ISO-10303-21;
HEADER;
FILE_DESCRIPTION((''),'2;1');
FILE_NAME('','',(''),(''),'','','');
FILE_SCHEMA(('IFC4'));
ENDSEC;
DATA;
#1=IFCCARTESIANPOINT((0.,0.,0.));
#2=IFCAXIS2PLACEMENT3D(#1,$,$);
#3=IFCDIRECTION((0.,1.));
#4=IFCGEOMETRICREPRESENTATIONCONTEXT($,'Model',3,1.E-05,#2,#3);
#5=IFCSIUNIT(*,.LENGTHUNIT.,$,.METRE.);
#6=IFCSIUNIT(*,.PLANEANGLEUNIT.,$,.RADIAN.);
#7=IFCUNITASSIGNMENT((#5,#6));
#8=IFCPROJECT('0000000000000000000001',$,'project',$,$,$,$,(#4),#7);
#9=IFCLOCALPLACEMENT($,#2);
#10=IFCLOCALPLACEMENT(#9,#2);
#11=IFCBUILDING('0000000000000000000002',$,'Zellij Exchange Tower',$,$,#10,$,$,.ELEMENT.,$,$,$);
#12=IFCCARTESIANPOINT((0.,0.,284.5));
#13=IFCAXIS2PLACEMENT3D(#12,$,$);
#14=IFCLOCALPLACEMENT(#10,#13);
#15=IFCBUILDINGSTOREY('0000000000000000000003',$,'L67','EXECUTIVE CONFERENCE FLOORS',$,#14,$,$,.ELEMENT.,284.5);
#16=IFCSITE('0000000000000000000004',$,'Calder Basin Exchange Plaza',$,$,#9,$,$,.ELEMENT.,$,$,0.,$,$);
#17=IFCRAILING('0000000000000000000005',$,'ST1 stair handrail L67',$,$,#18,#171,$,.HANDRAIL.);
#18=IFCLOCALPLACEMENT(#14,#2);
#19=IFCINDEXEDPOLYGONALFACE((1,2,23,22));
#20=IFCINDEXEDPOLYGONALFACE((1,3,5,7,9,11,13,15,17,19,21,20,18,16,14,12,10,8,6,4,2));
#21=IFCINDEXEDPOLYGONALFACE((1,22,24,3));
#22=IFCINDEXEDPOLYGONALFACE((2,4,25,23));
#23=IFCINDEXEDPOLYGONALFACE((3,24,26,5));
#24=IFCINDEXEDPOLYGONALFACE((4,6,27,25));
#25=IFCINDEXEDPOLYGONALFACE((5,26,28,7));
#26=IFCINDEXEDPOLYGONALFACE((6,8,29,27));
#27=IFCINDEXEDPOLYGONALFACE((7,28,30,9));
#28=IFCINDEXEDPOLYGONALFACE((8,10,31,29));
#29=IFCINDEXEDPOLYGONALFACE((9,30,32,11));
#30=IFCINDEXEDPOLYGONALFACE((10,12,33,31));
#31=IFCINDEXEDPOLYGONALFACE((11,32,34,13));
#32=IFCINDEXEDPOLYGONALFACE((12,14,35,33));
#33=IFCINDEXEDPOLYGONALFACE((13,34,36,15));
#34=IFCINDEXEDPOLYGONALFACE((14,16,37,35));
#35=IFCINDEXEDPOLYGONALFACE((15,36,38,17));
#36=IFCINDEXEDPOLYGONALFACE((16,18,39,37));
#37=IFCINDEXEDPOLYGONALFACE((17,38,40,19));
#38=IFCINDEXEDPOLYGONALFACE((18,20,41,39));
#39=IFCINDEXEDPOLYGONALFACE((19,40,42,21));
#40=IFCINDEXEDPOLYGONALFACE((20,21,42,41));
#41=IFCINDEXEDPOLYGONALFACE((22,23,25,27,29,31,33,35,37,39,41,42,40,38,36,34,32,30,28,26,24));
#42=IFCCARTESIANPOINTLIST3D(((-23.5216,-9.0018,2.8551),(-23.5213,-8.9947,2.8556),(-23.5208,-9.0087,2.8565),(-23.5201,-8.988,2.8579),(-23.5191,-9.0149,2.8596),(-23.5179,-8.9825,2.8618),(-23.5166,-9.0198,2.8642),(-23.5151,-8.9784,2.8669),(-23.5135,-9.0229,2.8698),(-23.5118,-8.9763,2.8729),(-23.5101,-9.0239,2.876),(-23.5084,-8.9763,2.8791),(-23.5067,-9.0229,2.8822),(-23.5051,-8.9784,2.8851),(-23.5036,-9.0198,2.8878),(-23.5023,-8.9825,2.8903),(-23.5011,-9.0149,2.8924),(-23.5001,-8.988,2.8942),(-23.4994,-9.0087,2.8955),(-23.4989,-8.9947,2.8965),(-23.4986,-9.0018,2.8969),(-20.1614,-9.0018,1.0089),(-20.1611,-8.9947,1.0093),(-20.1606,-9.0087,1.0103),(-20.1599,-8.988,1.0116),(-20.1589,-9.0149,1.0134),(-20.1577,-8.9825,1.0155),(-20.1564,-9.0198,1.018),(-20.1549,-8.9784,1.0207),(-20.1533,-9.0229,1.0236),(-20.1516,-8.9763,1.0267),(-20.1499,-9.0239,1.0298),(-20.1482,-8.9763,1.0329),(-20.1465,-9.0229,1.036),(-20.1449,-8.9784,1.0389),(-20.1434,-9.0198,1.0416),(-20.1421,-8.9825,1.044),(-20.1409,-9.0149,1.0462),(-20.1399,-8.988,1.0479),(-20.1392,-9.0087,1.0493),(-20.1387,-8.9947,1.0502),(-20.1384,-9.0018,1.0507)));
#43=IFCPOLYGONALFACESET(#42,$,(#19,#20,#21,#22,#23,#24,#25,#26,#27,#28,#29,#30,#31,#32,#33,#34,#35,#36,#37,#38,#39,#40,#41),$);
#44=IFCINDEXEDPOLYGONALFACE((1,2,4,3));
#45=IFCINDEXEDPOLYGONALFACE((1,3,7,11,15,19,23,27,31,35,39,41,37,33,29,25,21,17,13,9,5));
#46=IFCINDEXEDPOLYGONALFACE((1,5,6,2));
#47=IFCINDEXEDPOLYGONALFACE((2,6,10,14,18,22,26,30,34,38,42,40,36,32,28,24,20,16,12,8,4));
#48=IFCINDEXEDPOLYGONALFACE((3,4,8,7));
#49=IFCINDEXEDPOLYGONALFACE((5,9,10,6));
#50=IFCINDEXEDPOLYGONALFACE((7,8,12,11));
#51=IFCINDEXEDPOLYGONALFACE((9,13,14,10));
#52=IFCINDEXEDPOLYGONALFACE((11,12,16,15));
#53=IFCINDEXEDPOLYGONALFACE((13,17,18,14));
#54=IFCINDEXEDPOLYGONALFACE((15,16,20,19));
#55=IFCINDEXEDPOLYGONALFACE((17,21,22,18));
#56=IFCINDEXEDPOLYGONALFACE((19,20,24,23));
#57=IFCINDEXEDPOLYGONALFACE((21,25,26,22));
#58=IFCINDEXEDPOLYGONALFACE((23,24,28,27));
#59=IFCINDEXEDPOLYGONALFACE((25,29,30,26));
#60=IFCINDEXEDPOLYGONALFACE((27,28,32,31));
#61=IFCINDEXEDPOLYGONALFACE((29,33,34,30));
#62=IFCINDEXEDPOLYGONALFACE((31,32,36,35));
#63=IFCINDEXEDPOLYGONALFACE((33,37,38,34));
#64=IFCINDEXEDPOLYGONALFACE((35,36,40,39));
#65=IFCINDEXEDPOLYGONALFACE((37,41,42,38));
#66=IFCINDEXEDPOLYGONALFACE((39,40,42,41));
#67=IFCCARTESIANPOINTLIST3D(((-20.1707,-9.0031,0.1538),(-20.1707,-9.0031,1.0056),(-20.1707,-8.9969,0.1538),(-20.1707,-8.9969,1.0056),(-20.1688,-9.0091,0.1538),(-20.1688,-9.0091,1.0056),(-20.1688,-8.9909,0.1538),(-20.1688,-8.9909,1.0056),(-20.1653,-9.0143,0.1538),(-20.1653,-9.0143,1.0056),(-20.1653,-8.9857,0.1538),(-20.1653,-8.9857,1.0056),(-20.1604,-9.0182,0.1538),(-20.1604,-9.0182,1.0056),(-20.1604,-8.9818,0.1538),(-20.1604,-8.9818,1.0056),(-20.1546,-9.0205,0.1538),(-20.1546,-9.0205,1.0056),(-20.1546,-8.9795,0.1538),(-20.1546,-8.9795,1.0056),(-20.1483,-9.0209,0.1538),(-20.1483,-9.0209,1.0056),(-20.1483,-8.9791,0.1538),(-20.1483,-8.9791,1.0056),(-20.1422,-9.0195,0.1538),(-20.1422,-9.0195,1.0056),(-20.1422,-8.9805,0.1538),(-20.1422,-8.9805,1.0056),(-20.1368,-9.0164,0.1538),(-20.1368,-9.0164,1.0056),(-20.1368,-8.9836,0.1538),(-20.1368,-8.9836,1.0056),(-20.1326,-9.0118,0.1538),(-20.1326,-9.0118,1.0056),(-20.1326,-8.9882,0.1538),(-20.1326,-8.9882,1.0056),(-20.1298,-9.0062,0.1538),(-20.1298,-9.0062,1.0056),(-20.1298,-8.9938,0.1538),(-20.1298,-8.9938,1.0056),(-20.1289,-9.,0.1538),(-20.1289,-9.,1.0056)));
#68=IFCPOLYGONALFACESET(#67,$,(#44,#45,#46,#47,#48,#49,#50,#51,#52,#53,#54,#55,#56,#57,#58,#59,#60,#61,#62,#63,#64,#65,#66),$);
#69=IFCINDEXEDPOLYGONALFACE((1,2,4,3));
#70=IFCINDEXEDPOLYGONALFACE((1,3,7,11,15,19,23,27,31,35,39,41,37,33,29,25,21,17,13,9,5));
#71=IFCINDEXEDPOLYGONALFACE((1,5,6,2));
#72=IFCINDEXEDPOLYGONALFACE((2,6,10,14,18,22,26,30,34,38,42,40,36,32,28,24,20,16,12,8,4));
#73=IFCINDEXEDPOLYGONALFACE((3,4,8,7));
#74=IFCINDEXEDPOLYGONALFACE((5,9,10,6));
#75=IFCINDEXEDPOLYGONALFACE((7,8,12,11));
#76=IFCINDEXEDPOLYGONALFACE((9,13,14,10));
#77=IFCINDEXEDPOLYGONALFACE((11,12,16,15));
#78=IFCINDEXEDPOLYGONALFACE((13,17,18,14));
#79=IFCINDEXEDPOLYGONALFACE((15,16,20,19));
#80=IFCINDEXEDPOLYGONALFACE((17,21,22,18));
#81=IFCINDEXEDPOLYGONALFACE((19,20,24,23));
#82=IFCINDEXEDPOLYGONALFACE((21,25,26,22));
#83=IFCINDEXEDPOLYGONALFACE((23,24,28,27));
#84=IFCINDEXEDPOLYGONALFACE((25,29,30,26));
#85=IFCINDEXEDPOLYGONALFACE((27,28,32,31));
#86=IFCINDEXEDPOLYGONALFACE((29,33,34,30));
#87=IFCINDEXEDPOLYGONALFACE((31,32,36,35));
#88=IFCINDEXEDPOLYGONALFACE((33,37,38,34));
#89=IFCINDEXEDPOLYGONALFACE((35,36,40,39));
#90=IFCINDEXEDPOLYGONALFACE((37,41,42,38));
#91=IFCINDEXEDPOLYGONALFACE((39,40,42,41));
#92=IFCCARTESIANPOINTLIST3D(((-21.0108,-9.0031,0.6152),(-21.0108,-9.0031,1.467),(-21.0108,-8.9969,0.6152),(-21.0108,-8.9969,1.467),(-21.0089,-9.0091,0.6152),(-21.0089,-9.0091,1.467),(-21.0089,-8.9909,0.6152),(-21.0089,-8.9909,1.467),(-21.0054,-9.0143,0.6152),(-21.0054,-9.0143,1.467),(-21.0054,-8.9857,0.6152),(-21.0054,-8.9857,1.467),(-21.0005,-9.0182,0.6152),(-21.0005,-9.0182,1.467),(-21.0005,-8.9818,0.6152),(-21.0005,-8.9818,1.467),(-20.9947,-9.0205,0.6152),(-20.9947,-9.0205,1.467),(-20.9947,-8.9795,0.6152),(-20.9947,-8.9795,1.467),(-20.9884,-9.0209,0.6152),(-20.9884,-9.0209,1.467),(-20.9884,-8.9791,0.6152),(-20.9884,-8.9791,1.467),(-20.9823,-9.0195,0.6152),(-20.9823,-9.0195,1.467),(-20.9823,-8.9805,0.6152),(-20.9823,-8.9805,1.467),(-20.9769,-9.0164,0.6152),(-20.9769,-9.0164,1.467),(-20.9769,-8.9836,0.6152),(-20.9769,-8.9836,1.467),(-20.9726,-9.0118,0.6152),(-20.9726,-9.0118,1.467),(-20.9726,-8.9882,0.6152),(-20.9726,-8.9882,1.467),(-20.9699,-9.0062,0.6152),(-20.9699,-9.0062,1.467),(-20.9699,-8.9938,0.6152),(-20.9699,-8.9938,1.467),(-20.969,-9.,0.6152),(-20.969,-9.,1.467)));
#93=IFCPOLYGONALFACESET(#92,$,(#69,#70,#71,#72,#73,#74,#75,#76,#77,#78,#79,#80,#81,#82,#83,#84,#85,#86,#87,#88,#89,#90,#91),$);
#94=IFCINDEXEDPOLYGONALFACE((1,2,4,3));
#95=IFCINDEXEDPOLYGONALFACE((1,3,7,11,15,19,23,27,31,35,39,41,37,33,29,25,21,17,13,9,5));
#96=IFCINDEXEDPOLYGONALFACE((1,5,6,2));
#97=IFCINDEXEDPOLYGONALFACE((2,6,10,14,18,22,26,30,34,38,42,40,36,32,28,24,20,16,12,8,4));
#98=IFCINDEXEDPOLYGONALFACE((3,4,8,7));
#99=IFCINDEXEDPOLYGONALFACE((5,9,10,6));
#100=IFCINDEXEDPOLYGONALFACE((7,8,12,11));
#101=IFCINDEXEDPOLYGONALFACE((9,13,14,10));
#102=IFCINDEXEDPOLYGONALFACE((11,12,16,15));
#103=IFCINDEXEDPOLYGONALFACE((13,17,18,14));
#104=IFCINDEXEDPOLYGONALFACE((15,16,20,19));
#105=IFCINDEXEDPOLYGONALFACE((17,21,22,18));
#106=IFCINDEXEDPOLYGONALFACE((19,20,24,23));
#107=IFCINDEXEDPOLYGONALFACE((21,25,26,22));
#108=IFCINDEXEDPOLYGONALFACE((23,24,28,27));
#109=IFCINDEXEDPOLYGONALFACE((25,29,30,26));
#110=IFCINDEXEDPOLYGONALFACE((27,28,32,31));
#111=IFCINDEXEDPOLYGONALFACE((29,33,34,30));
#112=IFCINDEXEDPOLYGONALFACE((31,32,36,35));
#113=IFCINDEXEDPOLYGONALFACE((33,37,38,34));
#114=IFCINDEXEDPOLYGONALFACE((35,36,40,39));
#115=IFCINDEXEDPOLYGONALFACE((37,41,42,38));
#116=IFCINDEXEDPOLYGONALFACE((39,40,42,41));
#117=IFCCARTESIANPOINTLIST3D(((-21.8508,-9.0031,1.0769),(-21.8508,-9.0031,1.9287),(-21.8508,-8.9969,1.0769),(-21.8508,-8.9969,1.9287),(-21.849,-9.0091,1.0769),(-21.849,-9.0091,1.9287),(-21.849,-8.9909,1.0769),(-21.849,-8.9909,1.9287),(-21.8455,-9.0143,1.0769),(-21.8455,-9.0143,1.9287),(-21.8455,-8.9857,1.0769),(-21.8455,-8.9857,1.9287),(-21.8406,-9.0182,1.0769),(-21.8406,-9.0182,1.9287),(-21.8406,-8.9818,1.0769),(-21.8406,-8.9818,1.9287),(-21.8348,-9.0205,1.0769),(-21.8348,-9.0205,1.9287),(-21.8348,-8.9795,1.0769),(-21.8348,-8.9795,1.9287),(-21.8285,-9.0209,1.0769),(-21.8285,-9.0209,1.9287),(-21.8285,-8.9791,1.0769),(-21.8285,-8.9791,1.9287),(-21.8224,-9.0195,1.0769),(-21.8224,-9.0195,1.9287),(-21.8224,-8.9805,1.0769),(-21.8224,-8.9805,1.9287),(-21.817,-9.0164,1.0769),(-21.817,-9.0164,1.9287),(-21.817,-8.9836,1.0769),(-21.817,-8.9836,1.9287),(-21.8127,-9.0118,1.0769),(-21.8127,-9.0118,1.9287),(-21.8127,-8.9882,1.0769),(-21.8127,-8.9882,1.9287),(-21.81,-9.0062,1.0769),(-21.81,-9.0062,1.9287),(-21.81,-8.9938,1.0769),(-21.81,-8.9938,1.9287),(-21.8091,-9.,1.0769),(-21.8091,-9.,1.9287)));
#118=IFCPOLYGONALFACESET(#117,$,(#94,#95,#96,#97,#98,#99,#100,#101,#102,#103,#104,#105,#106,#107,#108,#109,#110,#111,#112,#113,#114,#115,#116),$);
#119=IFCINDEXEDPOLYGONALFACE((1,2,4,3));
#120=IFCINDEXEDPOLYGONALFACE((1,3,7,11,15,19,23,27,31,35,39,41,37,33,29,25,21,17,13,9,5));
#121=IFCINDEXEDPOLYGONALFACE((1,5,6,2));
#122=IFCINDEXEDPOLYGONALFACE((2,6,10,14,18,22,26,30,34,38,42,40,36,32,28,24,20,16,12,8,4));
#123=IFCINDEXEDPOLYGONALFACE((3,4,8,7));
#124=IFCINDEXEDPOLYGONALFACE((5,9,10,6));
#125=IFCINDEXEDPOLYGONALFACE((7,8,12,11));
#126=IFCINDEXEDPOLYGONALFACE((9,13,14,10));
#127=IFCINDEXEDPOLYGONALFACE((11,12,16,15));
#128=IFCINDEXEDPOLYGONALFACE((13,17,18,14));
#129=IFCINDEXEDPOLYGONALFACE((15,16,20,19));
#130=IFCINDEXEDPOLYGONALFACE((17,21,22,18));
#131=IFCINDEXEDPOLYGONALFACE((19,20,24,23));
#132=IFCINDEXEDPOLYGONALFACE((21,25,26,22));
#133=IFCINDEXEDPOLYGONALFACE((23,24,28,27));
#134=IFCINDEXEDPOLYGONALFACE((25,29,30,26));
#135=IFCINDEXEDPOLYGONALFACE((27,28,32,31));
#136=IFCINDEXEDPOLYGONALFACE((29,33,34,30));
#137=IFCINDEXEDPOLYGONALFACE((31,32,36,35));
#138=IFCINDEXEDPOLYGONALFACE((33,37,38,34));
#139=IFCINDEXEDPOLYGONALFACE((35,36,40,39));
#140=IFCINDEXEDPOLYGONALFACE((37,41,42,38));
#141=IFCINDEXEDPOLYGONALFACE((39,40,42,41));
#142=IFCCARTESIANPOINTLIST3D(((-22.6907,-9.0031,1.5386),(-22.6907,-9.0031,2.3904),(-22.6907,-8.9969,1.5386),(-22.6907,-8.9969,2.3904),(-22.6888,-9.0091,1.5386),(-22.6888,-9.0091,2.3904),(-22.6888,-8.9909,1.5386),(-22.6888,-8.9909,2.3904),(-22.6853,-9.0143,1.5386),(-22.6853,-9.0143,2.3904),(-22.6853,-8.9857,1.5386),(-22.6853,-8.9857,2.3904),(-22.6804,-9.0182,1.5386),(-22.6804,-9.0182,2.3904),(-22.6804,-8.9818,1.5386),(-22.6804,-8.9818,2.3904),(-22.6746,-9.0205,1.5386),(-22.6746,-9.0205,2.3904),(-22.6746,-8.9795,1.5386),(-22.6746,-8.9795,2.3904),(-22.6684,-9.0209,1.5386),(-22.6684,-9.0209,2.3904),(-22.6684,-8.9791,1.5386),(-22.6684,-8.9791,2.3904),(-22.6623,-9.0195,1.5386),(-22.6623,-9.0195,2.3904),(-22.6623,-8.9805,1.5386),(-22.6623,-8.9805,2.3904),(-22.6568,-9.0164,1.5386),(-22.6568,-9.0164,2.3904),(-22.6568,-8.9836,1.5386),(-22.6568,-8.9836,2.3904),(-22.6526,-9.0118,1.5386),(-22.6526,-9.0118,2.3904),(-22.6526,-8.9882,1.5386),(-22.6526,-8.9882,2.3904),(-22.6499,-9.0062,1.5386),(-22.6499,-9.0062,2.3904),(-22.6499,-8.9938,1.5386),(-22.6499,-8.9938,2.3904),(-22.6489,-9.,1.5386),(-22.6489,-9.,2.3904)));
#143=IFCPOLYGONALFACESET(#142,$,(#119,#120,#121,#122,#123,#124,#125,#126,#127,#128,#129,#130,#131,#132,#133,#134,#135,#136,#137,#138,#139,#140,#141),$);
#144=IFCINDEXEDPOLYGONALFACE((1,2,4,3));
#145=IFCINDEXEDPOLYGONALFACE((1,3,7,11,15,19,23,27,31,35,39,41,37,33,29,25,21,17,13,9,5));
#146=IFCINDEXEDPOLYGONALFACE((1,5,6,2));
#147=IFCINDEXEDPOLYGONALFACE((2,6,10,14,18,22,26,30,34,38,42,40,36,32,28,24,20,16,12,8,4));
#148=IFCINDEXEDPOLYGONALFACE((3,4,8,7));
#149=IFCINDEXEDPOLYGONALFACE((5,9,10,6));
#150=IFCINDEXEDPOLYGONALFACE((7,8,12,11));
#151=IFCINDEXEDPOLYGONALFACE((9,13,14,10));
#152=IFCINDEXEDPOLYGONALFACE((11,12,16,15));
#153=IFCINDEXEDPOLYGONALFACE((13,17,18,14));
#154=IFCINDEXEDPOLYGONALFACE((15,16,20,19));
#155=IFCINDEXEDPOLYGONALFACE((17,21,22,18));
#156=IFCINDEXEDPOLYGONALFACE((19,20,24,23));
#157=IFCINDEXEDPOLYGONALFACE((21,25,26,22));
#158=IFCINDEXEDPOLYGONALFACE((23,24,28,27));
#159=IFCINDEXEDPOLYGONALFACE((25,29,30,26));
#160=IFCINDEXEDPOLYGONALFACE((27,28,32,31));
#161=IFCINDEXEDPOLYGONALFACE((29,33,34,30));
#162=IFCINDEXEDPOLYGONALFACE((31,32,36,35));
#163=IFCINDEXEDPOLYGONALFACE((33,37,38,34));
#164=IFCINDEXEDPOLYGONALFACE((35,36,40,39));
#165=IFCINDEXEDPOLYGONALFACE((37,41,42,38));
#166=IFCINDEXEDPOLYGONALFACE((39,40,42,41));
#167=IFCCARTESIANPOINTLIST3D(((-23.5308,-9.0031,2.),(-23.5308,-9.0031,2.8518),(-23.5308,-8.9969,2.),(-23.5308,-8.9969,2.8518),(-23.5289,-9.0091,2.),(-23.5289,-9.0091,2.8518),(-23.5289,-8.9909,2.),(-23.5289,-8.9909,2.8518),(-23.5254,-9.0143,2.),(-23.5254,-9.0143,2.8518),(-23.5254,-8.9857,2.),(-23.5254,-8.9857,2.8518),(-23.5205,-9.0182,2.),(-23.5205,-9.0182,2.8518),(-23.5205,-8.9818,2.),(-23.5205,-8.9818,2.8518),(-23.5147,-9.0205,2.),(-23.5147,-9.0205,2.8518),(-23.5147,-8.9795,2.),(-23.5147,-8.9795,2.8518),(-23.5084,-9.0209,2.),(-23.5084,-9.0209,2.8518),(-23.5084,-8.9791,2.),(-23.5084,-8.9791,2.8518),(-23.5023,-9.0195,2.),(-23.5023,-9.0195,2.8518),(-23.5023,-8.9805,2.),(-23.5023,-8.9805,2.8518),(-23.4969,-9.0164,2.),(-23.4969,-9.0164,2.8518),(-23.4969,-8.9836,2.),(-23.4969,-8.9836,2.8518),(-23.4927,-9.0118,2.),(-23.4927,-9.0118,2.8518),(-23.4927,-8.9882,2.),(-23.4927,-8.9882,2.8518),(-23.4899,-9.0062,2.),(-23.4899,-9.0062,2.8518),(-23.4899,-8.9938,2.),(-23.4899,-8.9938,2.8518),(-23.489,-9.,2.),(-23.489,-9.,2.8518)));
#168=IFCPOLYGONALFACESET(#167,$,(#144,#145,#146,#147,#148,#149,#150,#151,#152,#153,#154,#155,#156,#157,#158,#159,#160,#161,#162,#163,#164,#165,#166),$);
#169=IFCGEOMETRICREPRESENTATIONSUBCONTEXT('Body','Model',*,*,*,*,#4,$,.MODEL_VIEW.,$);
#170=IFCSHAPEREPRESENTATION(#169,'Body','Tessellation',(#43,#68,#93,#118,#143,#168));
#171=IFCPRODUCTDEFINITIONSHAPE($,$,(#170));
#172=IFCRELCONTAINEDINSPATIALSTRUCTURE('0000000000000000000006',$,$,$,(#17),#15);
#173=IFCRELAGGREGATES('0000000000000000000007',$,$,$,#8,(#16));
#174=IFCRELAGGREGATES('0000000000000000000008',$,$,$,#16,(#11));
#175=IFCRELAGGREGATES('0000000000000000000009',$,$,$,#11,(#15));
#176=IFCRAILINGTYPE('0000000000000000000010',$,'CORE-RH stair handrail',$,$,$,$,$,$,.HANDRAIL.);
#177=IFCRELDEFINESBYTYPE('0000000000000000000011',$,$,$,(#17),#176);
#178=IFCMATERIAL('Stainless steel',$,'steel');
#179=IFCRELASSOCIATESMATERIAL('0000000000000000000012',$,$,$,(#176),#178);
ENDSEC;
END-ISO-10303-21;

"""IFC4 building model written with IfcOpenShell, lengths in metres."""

from ifc_helpers import new_model, si_unit, direction, frame, origin, origin_2d, place, context, subcontext, project, spatial, circle, extrude, material, type_object, element, save


model = new_model("IFC4")

# Units and contexts
model_context = context("Model", 3, precision=1e-05, world=origin(), true_north=direction((0.0, 1.0)))
body_context = subcontext(model_context, "Body", "Model", "MODEL_VIEW")
ifc_project = project(units=[si_unit("LENGTHUNIT", "METRE"), si_unit("PLANEANGLEUNIT", "RADIAN")], contexts=[model_context])

# Site, building, storey
site_placement = place(None, origin())
site = spatial("IfcSite", under=ifc_project, at=site_placement, Name="Calder Basin Exchange Plaza", CompositionType="ELEMENT", RefElevation=0.0)
building_placement = place(site_placement, origin())
building = spatial("IfcBuilding", under=site, at=building_placement, Name="Zellij Exchange Tower", CompositionType="ELEMENT")
storey_placement = place(building_placement, frame((0.0, 0.0, 284.5)))
storey = spatial("IfcBuildingStorey", under=building, at=storey_placement, Name="L67", Description="EXECUTIVE CONFERENCE FLOORS", CompositionType="ELEMENT", Elevation=284.5)

# Railing
ifc_material_1 = material(Name="Stainless steel", Category="steel")
railing_type_1 = type_object("IfcRailingType", Name="CORE-RH stair handrail", PredefinedType="HANDRAIL", material=ifc_material_1)
railing_1_placement = place(storey_placement, frame((-20.1499, -9.0, 0.1538)))
element("IfcRailing", 1, at=railing_1_placement, inside=storey, type_object=railing_type_1, Name="ST1 stair handrail L67", PredefinedType="HANDRAIL", context=body_context, shape_type="SweptSolid", body=[
    extrude(circle(Radius=0.0239, at=origin_2d()), frame((0.0, 0.0, 0.876), z_axis=(-0.876422, 0.0, 0.481545), x_axis=(0.0, -1.0, 0.0)), (0.0, 0.0, 1.0), 3.834),
    extrude(circle(Radius=0.021, at=origin_2d()), origin(), (0.0, 0.0, 1.0), 0.8518),
    extrude(circle(Radius=0.021, at=origin_2d()), frame((-0.8401, 0.0, 0.4614)), (0.0, 0.0, 1.0), 0.8518),
    extrude(circle(Radius=0.021, at=origin_2d()), frame((-1.6802, 0.0, 0.9231)), (0.0, 0.0, 1.0), 0.8518),
    extrude(circle(Radius=0.021, at=origin_2d()), frame((-2.52, 0.0, 1.3848)), (0.0, 0.0, 1.0), 0.8518),
    extrude(circle(Radius=0.021, at=origin_2d()), frame((-3.3601, 0.0, 1.8462)), (0.0, 0.0, 1.0), 0.8518),
])

save(model, "model.ifc")
